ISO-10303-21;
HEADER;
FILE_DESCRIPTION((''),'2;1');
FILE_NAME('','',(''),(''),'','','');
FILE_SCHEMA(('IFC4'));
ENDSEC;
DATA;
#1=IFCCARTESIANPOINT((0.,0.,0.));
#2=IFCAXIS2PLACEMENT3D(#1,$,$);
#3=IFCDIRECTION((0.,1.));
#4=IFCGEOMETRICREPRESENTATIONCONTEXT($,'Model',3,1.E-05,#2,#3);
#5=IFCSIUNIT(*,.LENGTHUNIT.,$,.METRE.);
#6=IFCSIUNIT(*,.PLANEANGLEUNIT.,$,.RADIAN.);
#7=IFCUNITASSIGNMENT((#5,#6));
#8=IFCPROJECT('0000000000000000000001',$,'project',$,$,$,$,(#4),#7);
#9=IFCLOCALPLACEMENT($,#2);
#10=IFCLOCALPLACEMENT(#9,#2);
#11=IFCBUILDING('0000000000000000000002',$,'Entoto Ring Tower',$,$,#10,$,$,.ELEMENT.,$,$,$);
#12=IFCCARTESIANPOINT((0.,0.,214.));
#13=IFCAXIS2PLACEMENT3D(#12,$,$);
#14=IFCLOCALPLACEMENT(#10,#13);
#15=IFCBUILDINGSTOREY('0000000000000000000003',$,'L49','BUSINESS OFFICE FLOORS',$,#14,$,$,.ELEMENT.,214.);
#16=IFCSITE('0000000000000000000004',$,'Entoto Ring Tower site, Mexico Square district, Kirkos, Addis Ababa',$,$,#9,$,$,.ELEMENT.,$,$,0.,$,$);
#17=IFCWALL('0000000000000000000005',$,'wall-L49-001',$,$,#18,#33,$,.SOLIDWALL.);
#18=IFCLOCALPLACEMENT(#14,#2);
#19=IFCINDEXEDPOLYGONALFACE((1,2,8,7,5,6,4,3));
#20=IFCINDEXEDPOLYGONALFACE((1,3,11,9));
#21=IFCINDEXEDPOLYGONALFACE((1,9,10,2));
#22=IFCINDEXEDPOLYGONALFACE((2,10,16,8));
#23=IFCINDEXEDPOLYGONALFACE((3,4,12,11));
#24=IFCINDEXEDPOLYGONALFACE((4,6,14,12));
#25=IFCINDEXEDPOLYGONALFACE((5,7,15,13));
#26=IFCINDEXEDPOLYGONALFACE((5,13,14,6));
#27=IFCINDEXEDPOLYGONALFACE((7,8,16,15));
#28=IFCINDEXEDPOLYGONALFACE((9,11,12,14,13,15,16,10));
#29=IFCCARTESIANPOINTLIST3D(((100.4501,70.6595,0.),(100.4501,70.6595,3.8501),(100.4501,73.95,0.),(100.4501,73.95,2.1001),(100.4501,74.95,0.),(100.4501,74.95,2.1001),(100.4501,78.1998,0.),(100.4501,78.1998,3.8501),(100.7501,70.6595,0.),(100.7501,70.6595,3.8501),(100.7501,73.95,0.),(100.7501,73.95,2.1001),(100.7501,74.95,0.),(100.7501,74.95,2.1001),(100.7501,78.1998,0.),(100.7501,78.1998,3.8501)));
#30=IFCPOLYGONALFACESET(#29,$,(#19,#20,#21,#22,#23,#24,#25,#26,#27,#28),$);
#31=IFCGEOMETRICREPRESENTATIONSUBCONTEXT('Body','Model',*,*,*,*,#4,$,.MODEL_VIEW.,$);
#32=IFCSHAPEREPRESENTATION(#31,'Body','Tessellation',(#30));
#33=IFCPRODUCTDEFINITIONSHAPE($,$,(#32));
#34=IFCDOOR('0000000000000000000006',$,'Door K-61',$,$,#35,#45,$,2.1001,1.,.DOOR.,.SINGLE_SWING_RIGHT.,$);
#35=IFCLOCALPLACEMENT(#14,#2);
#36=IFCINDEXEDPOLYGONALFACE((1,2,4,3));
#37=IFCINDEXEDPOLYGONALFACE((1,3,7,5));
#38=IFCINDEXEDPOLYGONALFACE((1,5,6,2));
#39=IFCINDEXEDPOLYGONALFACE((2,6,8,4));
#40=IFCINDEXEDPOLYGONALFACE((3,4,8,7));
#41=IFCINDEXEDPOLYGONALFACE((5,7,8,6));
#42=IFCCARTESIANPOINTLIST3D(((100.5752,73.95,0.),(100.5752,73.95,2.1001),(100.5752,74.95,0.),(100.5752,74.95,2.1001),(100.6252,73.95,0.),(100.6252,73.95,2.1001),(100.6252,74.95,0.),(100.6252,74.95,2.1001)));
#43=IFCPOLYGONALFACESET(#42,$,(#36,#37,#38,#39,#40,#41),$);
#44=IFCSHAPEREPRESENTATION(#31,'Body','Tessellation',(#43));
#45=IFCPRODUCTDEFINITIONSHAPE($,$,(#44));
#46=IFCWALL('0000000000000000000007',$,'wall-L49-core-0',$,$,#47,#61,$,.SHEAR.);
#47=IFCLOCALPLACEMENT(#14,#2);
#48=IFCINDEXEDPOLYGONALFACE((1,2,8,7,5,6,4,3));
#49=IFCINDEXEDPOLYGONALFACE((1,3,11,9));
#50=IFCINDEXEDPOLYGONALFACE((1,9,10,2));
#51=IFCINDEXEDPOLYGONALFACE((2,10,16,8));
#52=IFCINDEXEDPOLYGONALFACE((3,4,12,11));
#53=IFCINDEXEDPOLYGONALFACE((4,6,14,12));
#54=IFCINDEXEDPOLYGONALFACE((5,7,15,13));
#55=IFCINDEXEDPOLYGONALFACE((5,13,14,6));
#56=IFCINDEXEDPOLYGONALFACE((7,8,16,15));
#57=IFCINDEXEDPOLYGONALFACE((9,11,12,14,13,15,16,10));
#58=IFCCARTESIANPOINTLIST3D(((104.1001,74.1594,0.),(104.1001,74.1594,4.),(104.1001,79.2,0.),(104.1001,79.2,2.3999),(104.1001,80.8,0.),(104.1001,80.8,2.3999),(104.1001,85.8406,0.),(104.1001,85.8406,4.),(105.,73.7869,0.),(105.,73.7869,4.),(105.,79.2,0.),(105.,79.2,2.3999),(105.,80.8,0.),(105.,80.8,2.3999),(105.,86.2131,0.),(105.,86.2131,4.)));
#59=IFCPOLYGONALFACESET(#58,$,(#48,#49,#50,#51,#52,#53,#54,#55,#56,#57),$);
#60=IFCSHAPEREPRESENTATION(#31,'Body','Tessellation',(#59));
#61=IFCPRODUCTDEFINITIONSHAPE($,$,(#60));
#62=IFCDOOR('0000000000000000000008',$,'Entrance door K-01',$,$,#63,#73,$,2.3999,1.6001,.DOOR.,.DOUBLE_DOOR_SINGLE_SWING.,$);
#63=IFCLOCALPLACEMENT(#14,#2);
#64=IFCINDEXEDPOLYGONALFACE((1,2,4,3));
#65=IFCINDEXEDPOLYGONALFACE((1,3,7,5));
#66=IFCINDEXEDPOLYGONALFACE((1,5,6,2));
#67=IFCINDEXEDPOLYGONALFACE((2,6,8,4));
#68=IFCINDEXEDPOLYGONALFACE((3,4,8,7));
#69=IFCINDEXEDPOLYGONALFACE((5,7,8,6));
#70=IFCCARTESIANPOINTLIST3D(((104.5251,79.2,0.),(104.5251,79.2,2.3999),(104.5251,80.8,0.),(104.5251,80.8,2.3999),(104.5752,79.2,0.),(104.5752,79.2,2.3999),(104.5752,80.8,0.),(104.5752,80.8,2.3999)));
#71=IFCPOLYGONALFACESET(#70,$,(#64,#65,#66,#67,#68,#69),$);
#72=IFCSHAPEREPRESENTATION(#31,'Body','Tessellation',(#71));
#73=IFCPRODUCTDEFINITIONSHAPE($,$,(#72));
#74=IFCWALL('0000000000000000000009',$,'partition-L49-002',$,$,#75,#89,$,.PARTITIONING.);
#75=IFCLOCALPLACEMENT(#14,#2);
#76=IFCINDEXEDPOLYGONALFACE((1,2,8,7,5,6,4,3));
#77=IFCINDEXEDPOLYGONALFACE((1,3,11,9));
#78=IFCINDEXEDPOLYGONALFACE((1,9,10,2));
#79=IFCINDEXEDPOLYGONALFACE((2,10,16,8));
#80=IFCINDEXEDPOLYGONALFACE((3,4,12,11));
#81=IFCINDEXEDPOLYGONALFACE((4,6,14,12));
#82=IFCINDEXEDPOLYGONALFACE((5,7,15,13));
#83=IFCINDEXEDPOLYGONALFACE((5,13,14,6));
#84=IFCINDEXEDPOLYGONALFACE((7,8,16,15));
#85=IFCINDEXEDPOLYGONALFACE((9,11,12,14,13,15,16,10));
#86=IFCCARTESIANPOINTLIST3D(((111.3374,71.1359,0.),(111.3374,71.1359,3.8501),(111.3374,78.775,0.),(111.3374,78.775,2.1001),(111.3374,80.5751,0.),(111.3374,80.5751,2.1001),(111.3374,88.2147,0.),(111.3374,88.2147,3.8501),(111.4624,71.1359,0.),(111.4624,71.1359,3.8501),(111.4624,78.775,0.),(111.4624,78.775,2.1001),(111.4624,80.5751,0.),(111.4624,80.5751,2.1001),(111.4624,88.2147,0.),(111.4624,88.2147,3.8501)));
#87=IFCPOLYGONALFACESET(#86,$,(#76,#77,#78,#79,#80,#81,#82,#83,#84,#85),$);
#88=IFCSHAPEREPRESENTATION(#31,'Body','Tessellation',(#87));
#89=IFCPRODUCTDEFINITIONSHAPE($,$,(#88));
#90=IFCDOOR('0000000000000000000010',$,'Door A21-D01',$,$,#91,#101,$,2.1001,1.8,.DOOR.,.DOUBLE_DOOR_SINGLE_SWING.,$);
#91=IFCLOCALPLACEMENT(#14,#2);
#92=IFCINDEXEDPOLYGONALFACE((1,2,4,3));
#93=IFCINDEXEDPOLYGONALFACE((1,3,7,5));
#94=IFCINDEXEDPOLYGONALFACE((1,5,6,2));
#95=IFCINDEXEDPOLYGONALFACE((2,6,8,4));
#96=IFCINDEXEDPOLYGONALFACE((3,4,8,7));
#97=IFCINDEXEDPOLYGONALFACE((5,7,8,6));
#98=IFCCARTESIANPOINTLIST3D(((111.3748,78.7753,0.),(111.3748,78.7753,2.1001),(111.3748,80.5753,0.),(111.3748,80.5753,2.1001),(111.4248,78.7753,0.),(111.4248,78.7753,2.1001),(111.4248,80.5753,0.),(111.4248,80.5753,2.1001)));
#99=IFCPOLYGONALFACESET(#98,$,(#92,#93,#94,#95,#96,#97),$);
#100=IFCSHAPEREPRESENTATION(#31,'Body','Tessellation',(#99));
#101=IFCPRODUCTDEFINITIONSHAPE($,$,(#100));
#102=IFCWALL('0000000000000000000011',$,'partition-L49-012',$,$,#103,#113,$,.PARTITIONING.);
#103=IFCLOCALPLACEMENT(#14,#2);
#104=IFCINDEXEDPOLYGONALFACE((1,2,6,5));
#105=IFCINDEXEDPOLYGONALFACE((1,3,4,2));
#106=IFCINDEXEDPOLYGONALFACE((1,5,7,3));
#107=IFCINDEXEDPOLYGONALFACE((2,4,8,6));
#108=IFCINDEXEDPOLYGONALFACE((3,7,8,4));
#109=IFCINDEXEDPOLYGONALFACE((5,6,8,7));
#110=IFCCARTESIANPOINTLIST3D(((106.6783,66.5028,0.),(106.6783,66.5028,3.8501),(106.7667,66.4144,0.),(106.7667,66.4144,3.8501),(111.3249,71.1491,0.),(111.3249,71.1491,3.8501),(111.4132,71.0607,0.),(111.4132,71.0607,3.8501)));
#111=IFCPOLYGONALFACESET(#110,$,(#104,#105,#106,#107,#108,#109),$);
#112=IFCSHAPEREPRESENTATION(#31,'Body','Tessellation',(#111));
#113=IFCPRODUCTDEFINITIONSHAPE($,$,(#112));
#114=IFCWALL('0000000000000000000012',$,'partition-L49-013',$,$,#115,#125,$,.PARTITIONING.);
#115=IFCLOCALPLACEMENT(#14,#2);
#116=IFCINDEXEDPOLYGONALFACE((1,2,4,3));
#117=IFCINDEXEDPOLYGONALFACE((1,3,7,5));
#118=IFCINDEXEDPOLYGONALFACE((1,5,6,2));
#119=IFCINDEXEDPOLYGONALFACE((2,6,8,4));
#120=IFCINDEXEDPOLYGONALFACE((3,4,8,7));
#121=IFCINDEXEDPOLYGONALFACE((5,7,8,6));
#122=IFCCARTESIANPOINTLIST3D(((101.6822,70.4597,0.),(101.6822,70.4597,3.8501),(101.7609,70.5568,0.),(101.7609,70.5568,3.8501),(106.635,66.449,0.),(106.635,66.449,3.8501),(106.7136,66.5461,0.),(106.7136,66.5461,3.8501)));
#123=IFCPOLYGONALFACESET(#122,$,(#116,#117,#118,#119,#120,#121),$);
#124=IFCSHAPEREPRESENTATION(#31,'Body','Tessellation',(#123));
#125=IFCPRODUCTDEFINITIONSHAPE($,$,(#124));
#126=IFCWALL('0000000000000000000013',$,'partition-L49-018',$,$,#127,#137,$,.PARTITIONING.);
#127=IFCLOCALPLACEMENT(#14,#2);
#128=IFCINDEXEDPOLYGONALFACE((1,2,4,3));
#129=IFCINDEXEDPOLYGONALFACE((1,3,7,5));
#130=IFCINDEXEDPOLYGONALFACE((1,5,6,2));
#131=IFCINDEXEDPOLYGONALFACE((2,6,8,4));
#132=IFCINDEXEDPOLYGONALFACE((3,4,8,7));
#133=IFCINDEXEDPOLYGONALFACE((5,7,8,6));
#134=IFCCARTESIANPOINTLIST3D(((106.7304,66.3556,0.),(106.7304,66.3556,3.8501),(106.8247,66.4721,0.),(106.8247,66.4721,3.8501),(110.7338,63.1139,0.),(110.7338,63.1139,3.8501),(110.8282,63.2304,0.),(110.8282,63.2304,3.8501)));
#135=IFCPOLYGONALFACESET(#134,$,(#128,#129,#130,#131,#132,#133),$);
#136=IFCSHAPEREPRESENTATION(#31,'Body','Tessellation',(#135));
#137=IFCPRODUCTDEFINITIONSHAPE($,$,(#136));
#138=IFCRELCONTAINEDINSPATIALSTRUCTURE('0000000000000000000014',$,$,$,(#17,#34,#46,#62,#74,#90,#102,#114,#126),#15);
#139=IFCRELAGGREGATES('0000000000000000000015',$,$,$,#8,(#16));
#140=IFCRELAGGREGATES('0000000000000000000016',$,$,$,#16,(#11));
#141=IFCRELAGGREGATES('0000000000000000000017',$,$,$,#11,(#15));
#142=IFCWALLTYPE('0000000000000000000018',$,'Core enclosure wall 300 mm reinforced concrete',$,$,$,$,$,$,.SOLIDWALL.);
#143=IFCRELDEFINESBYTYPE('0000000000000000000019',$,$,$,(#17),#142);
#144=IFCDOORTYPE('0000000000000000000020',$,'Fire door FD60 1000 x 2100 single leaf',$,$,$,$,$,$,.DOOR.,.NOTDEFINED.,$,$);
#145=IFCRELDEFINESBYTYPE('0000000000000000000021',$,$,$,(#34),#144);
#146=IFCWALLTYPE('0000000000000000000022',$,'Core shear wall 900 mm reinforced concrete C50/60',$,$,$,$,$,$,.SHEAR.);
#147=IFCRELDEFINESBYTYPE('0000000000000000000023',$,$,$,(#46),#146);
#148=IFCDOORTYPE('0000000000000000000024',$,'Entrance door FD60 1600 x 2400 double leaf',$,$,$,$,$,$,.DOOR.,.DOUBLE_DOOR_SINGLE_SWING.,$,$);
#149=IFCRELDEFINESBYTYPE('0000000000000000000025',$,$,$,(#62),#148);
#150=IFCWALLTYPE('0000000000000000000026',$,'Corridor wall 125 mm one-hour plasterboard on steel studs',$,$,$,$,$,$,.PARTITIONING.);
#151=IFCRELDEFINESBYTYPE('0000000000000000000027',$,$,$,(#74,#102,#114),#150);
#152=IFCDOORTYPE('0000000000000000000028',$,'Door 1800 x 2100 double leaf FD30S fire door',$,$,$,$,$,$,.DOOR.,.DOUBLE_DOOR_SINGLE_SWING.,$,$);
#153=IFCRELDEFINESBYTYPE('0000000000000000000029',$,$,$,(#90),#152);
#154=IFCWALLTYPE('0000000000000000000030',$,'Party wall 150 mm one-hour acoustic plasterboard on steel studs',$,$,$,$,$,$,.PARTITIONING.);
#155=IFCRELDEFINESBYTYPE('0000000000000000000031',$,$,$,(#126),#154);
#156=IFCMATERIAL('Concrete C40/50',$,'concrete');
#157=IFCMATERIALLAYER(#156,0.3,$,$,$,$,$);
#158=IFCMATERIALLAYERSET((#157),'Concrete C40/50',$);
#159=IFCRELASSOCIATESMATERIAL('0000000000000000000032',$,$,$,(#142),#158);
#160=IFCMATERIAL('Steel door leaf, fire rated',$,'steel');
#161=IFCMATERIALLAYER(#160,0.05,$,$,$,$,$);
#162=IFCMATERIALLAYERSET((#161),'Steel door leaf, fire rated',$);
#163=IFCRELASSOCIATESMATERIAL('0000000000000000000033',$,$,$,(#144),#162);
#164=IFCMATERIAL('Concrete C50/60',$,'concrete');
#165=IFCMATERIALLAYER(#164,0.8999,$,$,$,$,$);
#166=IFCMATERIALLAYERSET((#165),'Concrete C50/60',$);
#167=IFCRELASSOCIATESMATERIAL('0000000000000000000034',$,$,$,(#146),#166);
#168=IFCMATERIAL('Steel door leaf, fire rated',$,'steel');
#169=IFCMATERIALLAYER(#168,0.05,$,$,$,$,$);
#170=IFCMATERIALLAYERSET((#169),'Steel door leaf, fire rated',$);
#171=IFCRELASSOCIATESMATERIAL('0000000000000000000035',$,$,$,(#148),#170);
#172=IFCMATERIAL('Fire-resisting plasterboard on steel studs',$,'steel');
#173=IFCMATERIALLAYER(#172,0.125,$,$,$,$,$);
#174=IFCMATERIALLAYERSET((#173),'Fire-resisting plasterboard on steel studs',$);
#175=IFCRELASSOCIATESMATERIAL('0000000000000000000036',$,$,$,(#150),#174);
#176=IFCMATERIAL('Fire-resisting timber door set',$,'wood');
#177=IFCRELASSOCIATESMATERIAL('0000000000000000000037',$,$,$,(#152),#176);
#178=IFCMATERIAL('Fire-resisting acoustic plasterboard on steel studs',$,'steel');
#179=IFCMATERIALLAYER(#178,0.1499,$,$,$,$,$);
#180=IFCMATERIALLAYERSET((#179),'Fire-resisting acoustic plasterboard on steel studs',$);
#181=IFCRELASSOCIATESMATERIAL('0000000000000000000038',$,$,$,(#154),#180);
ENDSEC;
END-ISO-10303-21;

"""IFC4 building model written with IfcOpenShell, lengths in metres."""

from ifc_helpers import new_model, si_unit, direction, frame, frame_2d, origin, place, context, subcontext, project, spatial, polyline, rectangle, outline, extrude, material, layer, layer_set, type_object, element, fill, save


model = new_model("IFC4")

# Units and contexts
model_context = context("Model", 3, precision=1e-05, world=origin(), true_north=direction((0.0, 1.0)))
body_context = subcontext(model_context, "Body", "Model", "MODEL_VIEW")
ifc_project = project(units=[si_unit("LENGTHUNIT", "METRE"), si_unit("PLANEANGLEUNIT", "RADIAN")], contexts=[model_context])

# Site, building, storey
site_placement = place(None, origin())
site = spatial("IfcSite", under=ifc_project, at=site_placement, Name="Entoto Ring Tower site, Mexico Square district, Kirkos, Addis Ababa", CompositionType="ELEMENT", RefElevation=0.0)
building_placement = place(site_placement, origin())
building = spatial("IfcBuilding", under=site, at=building_placement, Name="Entoto Ring Tower", CompositionType="ELEMENT")
storey_placement = place(building_placement, frame((0.0, 0.0, 214.0)))
storey = spatial("IfcBuildingStorey", under=building, at=storey_placement, Name="L49", Description="BUSINESS OFFICE FLOORS", CompositionType="ELEMENT", Elevation=214.0)

# Walls, openings, doors
ifc_material_1 = material(Name="Concrete C40/50", Category="concrete")
ifc_layer_1 = layer(ifc_material_1, 0.3)
ifc_layer_set_1 = layer_set([ifc_layer_1], Name="Concrete C40/50")
wall_type_1 = type_object("IfcWallType", Name="Core enclosure wall 300 mm reinforced concrete", PredefinedType="SOLIDWALL", material=ifc_layer_set_1)
wall_1_placement = place(storey_placement, frame((100.6001, 70.6597, 0.0), z_axis=(0.0, 0.0, 1.0), x_axis=(0.0, 1.0, 0.0)))
wall_1 = element("IfcWall", 1, at=wall_1_placement, inside=storey, type_object=wall_type_1, Name="wall-L49-001", PredefinedType="SOLIDWALL", context=body_context, shape_type="SweptSolid", body=[
    extrude(rectangle(XDim=7.5403, YDim=0.3, at=frame_2d((3.77, 0.0))), origin(), (0.0, 0.0, 1.0), 3.8501),
])
opening_1_placement = place(wall_1_placement, frame((3.2903, 0.0, 0.0)))
opening_1 = element("IfcOpeningElement", 2, at=opening_1_placement, cuts=wall_1, PredefinedType="OPENING", context=body_context, shape_type="SweptSolid", body=[
    extrude(rectangle(XDim=1.0, YDim=2.1001, at=frame_2d((0.5, 1.05))), frame((0.0, 0.1602, 0.0), z_axis=(0.0, -1.0, 0.0), x_axis=(1.0, 0.0, 0.0)), (0.0, 0.0, 1.0), 0.3201),
])
ifc_material_2 = material(Name="Steel door leaf, fire rated", Category="steel")
ifc_layer_2 = layer(ifc_material_2, 0.05)
ifc_layer_set_2 = layer_set([ifc_layer_2], Name="Steel door leaf, fire rated")
door_type_1 = type_object("IfcDoorType", Name="Fire door FD60 1000 x 2100 single leaf", OperationType="NOTDEFINED", PredefinedType="DOOR", material=ifc_layer_set_2)
door_1_placement = place(opening_1_placement, origin())
door_1 = element("IfcDoor", 3, at=door_1_placement, inside=storey, type_object=door_type_1, Name="Door K-61", OperationType="SINGLE_SWING_RIGHT", OverallHeight=2.1001, OverallWidth=1.0, PredefinedType="DOOR", context=body_context, shape_type="SweptSolid", body=[
    extrude(rectangle(XDim=1.0, YDim=2.1001, at=frame_2d((0.5, 1.05))), frame((0.0, 0.0249, 0.0), z_axis=(0.0, -1.0, 0.0), x_axis=(1.0, 0.0, 0.0)), (0.0, 0.0, 1.0), 0.05),
])
fill(opening_1, door_1)
ifc_material_3 = material(Name="Concrete C50/60", Category="concrete")
ifc_layer_3 = layer(ifc_material_3, 0.8999)
ifc_layer_set_3 = layer_set([ifc_layer_3], Name="Concrete C50/60")
wall_type_2 = type_object("IfcWallType", Name="Core shear wall 900 mm reinforced concrete C50/60", PredefinedType="SHEAR", material=ifc_layer_set_3)
wall_2_placement = place(storey_placement, frame((104.55, 73.9731, 0.0), z_axis=(0.0, 0.0, 1.0), x_axis=(0.0, 1.0, 0.0)))
wall_2 = element("IfcWall", 4, at=wall_2_placement, inside=storey, type_object=wall_type_2, Name="wall-L49-core-0", PredefinedType="SHEAR", context=body_context, shape_type="SweptSolid", body=[
    extrude(outline(polyline([(-0.1863, -0.45), (12.24, -0.45), (11.8674, 0.45), (0.1863, 0.45), (-0.1863, -0.45)])), origin(), (0.0, 0.0, 1.0), 4.0),
])
opening_2_placement = place(wall_2_placement, frame((5.2268, 0.0, 0.0)))
opening_2 = element("IfcOpeningElement", 5, at=opening_2_placement, cuts=wall_2, PredefinedType="OPENING", context=body_context, shape_type="SweptSolid", body=[
    extrude(rectangle(XDim=1.6001, YDim=2.3999, at=frame_2d((0.8, 1.2))), frame((0.0, 0.46, 0.0), z_axis=(0.0, -1.0, 0.0), x_axis=(1.0, 0.0, 0.0)), (0.0, 0.0, 1.0), 0.9199),
])
ifc_material_4 = material(Name="Steel door leaf, fire rated", Category="steel")
ifc_layer_4 = layer(ifc_material_4, 0.05)
ifc_layer_set_4 = layer_set([ifc_layer_4], Name="Steel door leaf, fire rated")
door_type_2 = type_object("IfcDoorType", Name="Entrance door FD60 1600 x 2400 double leaf", OperationType="DOUBLE_DOOR_SINGLE_SWING", PredefinedType="DOOR", material=ifc_layer_set_4)
door_2_placement = place(opening_2_placement, origin())
door_2 = element("IfcDoor", 6, at=door_2_placement, inside=storey, type_object=door_type_2, Name="Entrance door K-01", OperationType="DOUBLE_DOOR_SINGLE_SWING", OverallHeight=2.3999, OverallWidth=1.6001, PredefinedType="DOOR", context=body_context, shape_type="SweptSolid", body=[
    extrude(rectangle(XDim=1.6001, YDim=2.3999, at=frame_2d((0.8, 1.2))), frame((0.0, 0.0249, 0.0), z_axis=(0.0, -1.0, 0.0), x_axis=(1.0, 0.0, 0.0)), (0.0, 0.0, 1.0), 0.05),
])
fill(opening_2, door_2)
ifc_material_5 = material(Name="Fire-resisting plasterboard on steel studs", Category="steel")
ifc_layer_5 = layer(ifc_material_5, 0.125)
ifc_layer_set_5 = layer_set([ifc_layer_5], Name="Fire-resisting plasterboard on steel studs")
wall_type_3 = type_object("IfcWallType", Name="Corridor wall 125 mm one-hour plasterboard on steel studs", PredefinedType="PARTITIONING", material=ifc_layer_set_5)
wall_3_placement = place(storey_placement, frame((111.3999, 71.1357, 0.0), z_axis=(0.0, 0.0, 1.0), x_axis=(0.0, 1.0, 0.0)))
wall_3 = element("IfcWall", 7, at=wall_3_placement, inside=storey, type_object=wall_type_3, Name="partition-L49-002", PredefinedType="PARTITIONING", context=body_context, shape_type="SweptSolid", body=[
    extrude(rectangle(XDim=17.0789, YDim=0.125, at=frame_2d((8.5396, 0.0))), origin(), (0.0, 0.0, 1.0), 3.8501),
])
opening_3_placement = place(wall_3_placement, frame((7.6394, 0.0, 0.0)))
opening_3 = element("IfcOpeningElement", 8, at=opening_3_placement, cuts=wall_3, PredefinedType="OPENING", context=body_context, shape_type="SweptSolid", body=[
    extrude(rectangle(XDim=1.8, YDim=2.1001, at=frame_2d((0.8999, 1.05))), frame((0.0, 0.0725, 0.0), z_axis=(0.0, -1.0, 0.0), x_axis=(1.0, 0.0, 0.0)), (0.0, 0.0, 1.0), 0.145),
])
ifc_material_6 = material(Name="Fire-resisting timber door set", Category="wood")
door_type_3 = type_object("IfcDoorType", Name="Door 1800 x 2100 double leaf FD30S fire door", OperationType="DOUBLE_DOOR_SINGLE_SWING", PredefinedType="DOOR", material=ifc_material_6)
door_3_placement = place(opening_3_placement, frame((1.8, 0.0, 0.0), z_axis=(0.0, 0.0, 1.0), x_axis=(-1.0, 0.0, 0.0)))
door_3 = element("IfcDoor", 9, at=door_3_placement, inside=storey, type_object=door_type_3, Name="Door A21-D01", OperationType="DOUBLE_DOOR_SINGLE_SWING", OverallHeight=2.1001, OverallWidth=1.8, PredefinedType="DOOR", context=body_context, shape_type="SweptSolid", body=[
    extrude(rectangle(XDim=1.8, YDim=2.1001, at=frame_2d((0.8999, 1.05))), frame((0.0, 0.0249, 0.0), z_axis=(0.0, -1.0, 0.0), x_axis=(1.0, 0.0, 0.0)), (0.0, 0.0, 1.0), 0.05),
])
fill(opening_3, door_3)

# Walls
wall_4_placement = place(storey_placement, frame((106.7224, 66.4585, 0.0), z_axis=(0.0, 0.0, 1.0), x_axis=(0.707125, 0.707088, 0.0)))
element("IfcWall", 10, at=wall_4_placement, inside=storey, type_object=wall_type_3, Name="partition-L49-012", PredefinedType="PARTITIONING", context=body_context, shape_type="SweptSolid", body=[
    extrude(rectangle(XDim=6.571, YDim=0.125, at=frame_2d((3.2856, 0.0))), origin(), (0.0, 0.0, 1.0), 3.8501),
])
wall_5_placement = place(storey_placement, frame((106.6743, 66.4976, 0.0), z_axis=(0.0, 0.0, 1.0), x_axis=(-0.777148, 0.629318, 0.0)))
element("IfcWall", 11, at=wall_5_placement, inside=storey, type_object=wall_type_3, Name="partition-L49-013", PredefinedType="PARTITIONING", context=body_context, shape_type="SweptSolid", body=[
    extrude(rectangle(XDim=6.373, YDim=0.125, at=frame_2d((3.1865, 0.0))), origin(), (0.0, 0.0, 1.0), 3.8501),
])
ifc_material_7 = material(Name="Fire-resisting acoustic plasterboard on steel studs", Category="steel")
ifc_layer_6 = layer(ifc_material_7, 0.1499)
ifc_layer_set_6 = layer_set([ifc_layer_6], Name="Fire-resisting acoustic plasterboard on steel studs")
wall_type_4 = type_object("IfcWallType", Name="Party wall 150 mm one-hour acoustic plasterboard on steel studs", PredefinedType="PARTITIONING", material=ifc_layer_set_6)
wall_6_placement = place(storey_placement, frame((110.781, 63.1721, 0.0), z_axis=(0.0, 0.0, 1.0), x_axis=(-0.777165, 0.629296, 0.0)))
element("IfcWall", 12, at=wall_6_placement, inside=storey, type_object=wall_type_4, Name="partition-L49-018", PredefinedType="PARTITIONING", context=body_context, shape_type="SweptSolid", body=[
    extrude(rectangle(XDim=5.1514, YDim=0.1499, at=frame_2d((2.5757, 0.0))), origin(), (0.0, 0.0, 1.0), 3.8501),
])

save(model, "model.ifc")
